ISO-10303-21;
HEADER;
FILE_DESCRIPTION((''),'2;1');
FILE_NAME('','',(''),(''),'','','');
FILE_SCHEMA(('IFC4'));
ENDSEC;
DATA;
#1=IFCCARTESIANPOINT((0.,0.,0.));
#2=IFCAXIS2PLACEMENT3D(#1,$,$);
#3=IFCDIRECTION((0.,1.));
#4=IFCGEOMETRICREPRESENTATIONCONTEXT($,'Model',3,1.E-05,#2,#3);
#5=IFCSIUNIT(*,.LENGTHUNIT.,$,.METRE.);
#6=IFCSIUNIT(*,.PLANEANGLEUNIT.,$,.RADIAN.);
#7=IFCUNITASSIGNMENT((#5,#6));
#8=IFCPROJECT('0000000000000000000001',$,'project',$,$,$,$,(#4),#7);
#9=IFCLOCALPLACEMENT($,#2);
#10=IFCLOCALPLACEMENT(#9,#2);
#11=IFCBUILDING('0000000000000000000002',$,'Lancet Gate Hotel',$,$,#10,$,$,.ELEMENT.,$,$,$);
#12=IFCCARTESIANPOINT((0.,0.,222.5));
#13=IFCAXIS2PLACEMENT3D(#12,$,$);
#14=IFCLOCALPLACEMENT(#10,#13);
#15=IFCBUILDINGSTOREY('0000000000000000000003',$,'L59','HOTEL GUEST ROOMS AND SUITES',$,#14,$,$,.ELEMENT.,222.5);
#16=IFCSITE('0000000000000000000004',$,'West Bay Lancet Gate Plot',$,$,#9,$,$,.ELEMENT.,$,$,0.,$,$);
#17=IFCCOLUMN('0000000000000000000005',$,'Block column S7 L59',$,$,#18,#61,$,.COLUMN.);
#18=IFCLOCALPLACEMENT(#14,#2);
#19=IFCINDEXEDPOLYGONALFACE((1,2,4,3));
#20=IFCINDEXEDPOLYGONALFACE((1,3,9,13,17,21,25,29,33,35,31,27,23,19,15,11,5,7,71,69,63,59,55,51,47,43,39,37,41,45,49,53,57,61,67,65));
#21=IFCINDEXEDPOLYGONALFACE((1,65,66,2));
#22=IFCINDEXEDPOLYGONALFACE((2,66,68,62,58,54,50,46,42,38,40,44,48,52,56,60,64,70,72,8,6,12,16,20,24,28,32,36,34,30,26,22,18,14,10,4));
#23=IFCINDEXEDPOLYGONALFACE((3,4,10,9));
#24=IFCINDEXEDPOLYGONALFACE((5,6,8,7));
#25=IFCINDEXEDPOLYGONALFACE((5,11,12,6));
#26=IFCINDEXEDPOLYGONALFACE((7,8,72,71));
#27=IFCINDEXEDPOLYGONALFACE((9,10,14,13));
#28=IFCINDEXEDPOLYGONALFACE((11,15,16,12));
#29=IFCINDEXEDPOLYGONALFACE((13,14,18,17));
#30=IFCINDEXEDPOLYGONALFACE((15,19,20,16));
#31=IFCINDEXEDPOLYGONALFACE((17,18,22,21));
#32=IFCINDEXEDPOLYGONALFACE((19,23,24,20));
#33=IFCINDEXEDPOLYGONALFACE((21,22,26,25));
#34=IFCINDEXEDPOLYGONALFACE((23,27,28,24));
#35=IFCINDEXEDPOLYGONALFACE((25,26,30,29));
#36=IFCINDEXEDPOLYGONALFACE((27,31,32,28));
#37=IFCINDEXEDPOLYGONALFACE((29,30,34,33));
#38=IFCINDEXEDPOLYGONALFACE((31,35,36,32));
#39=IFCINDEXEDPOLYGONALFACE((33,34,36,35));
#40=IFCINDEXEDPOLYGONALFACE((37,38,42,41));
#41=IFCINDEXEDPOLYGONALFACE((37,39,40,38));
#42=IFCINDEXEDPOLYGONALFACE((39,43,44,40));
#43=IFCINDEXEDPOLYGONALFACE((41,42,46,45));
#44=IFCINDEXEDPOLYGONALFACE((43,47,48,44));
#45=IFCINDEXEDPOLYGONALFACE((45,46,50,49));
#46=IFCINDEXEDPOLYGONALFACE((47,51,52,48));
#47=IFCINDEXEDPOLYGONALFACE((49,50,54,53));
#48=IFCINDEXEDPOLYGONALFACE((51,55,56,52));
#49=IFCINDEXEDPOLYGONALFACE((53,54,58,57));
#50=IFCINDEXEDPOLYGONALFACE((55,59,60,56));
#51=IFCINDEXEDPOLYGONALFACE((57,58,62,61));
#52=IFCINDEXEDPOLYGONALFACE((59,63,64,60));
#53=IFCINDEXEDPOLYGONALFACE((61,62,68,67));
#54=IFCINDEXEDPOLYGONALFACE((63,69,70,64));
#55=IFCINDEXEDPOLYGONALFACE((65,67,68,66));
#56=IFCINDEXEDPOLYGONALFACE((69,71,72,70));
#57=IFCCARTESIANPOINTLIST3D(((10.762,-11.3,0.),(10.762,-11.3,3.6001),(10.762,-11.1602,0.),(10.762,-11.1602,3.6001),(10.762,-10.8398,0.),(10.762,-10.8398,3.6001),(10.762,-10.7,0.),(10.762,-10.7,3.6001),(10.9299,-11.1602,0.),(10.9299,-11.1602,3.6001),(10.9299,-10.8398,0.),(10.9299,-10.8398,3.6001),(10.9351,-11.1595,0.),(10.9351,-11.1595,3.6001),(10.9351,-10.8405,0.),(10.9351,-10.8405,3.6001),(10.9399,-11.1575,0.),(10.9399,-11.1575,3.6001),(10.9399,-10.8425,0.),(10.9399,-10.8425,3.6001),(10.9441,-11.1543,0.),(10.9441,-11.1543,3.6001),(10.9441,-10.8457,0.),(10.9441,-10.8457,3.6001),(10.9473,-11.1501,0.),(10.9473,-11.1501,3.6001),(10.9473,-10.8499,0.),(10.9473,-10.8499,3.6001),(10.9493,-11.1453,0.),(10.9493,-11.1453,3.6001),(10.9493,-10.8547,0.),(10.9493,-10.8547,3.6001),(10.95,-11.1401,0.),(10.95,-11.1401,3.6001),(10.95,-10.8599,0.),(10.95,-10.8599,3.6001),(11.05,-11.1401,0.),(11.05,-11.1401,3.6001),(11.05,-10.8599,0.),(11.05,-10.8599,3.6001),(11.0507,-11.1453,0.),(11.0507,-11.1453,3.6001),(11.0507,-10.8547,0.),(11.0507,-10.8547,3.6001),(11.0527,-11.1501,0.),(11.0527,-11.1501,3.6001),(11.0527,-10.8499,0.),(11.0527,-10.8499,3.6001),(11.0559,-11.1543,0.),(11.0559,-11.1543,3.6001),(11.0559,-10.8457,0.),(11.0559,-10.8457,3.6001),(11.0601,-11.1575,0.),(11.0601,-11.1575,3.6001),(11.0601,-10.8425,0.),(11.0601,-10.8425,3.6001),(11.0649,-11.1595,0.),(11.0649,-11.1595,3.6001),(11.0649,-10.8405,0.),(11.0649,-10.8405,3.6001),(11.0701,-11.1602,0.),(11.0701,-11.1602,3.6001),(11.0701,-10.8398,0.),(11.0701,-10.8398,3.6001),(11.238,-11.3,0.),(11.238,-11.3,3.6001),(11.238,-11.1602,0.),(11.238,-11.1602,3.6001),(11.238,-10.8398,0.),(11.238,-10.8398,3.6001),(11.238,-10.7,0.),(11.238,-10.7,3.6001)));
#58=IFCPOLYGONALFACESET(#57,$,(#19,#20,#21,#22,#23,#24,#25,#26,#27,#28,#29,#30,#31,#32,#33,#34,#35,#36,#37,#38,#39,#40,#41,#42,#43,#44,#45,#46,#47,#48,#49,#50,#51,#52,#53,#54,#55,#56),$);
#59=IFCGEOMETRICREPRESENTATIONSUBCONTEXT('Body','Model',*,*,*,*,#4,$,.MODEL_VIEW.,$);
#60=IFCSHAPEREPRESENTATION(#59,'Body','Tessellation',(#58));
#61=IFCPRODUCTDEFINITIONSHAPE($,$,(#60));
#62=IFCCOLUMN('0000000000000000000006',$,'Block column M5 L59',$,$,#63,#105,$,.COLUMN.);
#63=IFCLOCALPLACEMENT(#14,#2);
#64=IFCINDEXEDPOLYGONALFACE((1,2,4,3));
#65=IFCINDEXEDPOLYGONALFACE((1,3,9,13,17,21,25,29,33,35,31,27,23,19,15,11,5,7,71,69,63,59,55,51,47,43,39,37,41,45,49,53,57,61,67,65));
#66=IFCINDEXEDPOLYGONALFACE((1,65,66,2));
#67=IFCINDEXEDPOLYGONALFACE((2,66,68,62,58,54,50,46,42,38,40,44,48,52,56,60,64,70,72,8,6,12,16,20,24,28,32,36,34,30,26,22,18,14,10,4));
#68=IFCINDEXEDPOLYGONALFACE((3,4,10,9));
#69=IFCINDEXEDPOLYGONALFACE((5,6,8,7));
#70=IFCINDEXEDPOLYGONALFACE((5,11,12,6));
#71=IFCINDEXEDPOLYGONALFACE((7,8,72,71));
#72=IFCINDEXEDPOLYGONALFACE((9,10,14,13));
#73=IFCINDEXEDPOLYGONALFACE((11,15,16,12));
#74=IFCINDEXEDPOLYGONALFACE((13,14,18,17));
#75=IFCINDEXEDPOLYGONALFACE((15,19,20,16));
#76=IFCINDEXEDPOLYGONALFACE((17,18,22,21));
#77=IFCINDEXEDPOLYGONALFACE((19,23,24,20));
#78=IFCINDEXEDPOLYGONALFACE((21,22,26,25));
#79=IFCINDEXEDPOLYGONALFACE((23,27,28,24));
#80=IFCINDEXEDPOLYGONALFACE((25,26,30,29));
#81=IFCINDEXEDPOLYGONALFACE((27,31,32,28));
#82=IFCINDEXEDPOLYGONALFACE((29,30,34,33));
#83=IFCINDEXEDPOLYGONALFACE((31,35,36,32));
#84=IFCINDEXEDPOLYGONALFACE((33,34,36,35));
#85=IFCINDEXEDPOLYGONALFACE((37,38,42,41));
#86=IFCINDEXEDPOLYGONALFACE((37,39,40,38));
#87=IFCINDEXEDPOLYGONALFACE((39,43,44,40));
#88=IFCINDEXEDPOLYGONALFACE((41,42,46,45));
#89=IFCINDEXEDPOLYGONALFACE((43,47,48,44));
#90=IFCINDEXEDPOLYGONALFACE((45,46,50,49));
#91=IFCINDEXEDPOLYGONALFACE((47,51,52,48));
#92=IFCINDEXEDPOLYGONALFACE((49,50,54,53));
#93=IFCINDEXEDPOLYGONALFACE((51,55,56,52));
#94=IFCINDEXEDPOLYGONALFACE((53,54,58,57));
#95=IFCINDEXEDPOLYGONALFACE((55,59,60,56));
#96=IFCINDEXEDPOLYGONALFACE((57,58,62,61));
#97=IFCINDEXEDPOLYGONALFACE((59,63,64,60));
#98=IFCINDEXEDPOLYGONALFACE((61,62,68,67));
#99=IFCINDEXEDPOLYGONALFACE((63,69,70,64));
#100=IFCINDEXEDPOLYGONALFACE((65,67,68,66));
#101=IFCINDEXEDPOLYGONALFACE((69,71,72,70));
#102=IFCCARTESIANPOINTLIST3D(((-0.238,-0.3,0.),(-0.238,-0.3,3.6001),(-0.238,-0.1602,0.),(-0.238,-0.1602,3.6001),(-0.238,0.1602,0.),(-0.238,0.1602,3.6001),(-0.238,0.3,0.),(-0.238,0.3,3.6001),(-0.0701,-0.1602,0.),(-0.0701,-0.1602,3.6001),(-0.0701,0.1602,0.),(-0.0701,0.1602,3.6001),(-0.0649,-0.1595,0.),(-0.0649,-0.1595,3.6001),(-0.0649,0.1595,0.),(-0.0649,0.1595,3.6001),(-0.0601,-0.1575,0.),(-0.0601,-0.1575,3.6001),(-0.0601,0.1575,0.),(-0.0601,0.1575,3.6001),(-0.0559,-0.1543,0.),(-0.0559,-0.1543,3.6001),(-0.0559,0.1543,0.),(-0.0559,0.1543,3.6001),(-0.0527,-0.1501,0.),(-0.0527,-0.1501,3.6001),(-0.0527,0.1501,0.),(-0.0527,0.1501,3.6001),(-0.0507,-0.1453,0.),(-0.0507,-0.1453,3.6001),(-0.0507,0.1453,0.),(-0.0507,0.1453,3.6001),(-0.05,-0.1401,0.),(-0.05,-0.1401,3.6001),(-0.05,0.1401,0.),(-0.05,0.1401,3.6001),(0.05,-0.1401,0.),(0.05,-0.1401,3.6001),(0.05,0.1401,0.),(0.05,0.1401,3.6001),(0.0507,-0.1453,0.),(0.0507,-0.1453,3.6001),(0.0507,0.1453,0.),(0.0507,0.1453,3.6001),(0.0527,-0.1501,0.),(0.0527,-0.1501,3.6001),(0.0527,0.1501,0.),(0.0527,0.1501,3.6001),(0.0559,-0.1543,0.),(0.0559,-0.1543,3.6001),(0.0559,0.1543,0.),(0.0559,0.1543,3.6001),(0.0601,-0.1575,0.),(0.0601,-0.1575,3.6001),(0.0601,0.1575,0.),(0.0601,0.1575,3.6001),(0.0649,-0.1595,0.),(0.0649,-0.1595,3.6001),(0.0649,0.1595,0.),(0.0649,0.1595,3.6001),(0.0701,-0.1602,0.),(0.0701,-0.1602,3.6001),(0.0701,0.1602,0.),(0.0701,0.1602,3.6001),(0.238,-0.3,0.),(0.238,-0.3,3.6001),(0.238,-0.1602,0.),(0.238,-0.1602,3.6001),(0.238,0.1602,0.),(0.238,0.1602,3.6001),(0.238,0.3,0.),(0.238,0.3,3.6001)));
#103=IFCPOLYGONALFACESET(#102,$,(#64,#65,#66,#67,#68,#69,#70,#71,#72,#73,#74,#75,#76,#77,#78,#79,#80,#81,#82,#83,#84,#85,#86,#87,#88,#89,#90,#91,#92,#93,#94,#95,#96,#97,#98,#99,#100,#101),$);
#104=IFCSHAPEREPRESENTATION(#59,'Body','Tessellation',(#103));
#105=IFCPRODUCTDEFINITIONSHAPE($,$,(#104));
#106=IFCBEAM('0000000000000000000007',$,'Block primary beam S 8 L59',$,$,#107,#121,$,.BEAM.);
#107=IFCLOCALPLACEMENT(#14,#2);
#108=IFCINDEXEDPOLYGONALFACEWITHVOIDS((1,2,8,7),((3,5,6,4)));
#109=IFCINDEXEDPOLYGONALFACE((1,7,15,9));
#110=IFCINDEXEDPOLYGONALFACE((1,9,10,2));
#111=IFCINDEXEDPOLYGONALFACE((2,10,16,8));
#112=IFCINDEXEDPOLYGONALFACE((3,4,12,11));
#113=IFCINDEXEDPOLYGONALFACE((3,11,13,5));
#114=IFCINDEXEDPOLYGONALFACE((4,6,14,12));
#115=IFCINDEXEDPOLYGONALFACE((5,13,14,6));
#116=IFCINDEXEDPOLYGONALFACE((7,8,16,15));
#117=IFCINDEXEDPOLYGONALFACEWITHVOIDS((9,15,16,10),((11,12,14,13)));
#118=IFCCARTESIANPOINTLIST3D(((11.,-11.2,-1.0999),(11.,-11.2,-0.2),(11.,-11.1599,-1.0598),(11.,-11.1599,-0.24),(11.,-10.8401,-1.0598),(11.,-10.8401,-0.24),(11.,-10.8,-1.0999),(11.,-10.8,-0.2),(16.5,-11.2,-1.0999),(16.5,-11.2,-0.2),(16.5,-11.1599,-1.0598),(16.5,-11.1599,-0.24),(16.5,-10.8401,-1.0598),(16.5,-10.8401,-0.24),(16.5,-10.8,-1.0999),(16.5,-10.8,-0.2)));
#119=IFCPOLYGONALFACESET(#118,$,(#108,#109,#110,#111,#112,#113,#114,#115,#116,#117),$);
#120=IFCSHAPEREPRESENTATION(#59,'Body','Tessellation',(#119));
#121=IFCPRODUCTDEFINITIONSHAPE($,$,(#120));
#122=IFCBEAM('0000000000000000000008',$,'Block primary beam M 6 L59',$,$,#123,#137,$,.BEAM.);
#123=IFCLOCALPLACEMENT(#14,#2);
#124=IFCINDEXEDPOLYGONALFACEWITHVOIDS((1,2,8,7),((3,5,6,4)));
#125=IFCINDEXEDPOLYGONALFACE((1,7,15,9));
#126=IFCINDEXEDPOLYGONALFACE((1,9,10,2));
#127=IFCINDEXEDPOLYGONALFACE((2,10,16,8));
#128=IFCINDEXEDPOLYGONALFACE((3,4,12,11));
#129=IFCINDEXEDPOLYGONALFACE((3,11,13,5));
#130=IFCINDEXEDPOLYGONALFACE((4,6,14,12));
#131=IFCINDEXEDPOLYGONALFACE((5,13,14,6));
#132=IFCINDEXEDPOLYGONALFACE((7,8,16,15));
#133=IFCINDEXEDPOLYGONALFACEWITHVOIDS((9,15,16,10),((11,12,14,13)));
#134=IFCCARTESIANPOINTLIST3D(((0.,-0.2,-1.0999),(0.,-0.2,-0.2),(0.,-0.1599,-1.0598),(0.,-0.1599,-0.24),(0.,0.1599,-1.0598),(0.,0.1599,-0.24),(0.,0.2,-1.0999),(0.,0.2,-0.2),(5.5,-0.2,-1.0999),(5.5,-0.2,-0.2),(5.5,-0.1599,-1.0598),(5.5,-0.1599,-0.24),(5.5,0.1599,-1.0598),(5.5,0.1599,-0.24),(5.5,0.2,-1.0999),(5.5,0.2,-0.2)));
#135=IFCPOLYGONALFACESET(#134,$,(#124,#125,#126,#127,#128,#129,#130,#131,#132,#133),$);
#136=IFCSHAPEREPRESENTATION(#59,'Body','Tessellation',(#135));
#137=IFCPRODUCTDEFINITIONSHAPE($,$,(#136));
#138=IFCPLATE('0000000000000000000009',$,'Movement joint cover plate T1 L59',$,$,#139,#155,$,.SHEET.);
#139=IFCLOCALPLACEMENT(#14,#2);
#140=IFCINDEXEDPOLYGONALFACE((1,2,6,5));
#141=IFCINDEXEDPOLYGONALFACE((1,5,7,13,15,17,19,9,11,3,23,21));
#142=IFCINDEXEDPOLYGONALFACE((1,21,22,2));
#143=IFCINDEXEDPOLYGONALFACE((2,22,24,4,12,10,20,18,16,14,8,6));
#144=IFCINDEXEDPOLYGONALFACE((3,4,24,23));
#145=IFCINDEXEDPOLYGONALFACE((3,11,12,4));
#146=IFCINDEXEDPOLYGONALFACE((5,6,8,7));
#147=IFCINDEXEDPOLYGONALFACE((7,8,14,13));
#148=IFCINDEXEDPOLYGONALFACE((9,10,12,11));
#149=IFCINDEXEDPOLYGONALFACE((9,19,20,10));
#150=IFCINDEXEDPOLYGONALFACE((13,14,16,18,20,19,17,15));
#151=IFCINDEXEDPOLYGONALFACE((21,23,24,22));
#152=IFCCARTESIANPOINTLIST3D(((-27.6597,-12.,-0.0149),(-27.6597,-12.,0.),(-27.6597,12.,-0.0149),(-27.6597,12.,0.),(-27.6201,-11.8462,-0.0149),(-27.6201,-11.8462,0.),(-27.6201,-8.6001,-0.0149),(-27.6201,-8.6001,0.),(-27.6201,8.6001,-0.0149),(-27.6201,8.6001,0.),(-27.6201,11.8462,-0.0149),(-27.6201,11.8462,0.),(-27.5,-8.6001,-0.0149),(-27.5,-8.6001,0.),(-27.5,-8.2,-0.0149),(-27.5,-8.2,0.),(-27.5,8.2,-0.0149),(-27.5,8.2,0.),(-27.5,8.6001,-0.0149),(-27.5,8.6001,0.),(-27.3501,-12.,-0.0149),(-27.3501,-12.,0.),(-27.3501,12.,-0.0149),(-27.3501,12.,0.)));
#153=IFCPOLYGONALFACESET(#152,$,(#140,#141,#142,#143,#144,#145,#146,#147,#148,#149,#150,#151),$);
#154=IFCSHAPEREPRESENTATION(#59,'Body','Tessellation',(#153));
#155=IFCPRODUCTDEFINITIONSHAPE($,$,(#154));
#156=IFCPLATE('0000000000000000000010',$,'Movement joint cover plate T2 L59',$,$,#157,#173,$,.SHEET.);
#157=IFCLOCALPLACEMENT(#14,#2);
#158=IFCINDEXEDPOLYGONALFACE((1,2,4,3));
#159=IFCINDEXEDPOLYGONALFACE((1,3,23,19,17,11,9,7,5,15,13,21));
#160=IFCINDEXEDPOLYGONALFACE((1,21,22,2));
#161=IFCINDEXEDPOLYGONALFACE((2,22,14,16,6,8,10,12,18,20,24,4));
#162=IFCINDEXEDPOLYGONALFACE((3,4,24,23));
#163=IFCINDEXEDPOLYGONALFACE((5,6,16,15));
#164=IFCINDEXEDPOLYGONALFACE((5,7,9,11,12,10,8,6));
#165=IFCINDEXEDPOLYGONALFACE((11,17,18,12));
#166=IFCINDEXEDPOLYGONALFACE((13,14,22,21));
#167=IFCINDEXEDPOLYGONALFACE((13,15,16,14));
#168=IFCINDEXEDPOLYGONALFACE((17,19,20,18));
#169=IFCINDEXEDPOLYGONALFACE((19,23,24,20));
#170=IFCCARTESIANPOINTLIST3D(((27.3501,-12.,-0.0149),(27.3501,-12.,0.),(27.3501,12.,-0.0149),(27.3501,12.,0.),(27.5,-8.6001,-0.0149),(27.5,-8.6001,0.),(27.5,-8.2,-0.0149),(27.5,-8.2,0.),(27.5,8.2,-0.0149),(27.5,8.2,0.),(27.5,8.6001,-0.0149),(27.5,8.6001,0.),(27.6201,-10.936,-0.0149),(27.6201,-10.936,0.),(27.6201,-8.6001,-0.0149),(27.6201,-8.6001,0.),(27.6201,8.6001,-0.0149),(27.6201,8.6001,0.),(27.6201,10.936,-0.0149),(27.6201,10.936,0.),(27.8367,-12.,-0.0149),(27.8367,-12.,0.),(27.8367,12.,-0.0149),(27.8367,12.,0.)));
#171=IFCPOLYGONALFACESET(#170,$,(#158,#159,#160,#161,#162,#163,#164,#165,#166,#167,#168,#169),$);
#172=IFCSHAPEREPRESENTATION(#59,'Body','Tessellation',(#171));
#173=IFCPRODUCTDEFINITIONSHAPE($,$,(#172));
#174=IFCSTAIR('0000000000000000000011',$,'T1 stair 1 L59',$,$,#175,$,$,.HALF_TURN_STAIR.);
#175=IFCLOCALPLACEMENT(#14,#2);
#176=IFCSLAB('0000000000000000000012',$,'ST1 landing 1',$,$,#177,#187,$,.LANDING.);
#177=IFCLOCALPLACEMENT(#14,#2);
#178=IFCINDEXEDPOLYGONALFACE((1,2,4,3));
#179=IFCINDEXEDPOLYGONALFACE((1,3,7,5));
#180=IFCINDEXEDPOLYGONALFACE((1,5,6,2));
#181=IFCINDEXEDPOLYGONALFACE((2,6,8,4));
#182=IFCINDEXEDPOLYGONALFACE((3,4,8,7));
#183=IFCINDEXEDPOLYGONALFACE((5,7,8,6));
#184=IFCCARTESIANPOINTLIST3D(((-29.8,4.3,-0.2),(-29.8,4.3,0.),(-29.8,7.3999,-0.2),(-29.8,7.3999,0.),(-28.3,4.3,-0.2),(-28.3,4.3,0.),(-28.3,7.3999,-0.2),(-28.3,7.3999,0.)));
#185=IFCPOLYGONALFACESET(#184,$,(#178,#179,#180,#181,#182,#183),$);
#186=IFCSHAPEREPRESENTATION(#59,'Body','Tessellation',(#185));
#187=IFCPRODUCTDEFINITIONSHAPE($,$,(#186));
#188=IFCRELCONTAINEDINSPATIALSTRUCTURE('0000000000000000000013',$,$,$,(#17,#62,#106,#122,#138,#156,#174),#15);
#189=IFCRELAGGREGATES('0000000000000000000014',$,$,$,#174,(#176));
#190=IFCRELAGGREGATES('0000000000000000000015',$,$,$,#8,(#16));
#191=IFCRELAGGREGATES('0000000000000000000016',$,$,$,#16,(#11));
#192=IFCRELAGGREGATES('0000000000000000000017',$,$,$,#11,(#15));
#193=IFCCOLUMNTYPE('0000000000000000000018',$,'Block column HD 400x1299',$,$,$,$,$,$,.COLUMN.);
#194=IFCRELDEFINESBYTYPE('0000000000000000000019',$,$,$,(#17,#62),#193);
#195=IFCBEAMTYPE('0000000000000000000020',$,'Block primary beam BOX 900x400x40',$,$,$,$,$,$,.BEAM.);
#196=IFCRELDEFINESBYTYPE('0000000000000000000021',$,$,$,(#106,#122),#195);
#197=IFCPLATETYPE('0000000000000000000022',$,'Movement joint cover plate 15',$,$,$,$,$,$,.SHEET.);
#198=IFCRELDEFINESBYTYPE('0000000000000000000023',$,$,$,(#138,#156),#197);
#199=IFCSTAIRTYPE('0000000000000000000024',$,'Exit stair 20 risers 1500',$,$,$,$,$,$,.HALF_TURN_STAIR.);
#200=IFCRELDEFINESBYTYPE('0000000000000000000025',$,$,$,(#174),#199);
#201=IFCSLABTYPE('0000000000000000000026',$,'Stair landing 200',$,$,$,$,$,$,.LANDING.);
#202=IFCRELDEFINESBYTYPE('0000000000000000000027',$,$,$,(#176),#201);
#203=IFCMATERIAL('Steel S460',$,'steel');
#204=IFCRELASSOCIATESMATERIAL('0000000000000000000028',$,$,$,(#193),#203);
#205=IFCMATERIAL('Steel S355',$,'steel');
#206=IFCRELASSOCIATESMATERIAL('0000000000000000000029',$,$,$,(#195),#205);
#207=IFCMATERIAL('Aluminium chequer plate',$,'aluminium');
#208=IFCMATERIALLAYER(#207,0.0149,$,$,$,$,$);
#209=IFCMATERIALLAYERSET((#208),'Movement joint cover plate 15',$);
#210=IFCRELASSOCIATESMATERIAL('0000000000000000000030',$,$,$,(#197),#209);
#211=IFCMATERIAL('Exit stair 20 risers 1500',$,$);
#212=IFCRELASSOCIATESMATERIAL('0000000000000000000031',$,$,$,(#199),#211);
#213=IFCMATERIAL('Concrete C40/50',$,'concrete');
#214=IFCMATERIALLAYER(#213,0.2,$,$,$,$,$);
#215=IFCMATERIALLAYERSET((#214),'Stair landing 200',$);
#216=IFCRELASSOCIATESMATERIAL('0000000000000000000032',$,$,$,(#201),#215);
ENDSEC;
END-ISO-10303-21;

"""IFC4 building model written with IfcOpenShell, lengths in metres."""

from ifc_helpers import new_model, si_unit, direction, frame, origin, origin_2d, place, context, subcontext, project, spatial, polyline, hollow_rectangle, i_section, outline, extrude, material, layer, layer_set, material_profile, profile_set, type_object, element, aggregate, save


model = new_model("IFC4")

# Units and contexts
model_context = context("Model", 3, precision=1e-05, world=origin(), true_north=direction((0.0, 1.0)))
body_context = subcontext(model_context, "Body", "Model", "MODEL_VIEW")
ifc_project = project(units=[si_unit("LENGTHUNIT", "METRE"), si_unit("PLANEANGLEUNIT", "RADIAN")], contexts=[model_context])

# Site, building, storey
site_placement = place(None, origin())
site = spatial("IfcSite", under=ifc_project, at=site_placement, Name="West Bay Lancet Gate Plot", CompositionType="ELEMENT", RefElevation=0.0)
building_placement = place(site_placement, origin())
building = spatial("IfcBuilding", under=site, at=building_placement, Name="Lancet Gate Hotel", CompositionType="ELEMENT")
storey_placement = place(building_placement, frame((0.0, 0.0, 222.5)))
storey = spatial("IfcBuildingStorey", under=building, at=storey_placement, Name="L59", Description="HOTEL GUEST ROOMS AND SUITES", CompositionType="ELEMENT", Elevation=222.5)

# Columns
ifc_material_1 = material(Name="Steel S460", Category="steel")
ifc_material_profile_1 = material_profile(ifc_material_1, i_section(OverallWidth=0.4761, OverallDepth=0.6001, WebThickness=0.1001, FlangeThickness=0.1399, FilletRadius=0.02, at=origin_2d()), Name="HD 400x1299")
ifc_profile_set_1 = profile_set([ifc_material_profile_1], Name="Steel S460")
column_type = type_object("IfcColumnType", Name="Block column HD 400x1299", PredefinedType="COLUMN", material=ifc_profile_set_1)
for number, where, z_axis, x_axis, name in (
    (1, (11.0, -11.0, 0.0), (0.0, 0.0, 1.0), (1.0, 0.0, 0.0), "Block column S7 L59"),
    (2, (0.0, 0.0, 0.0), (0.0, 0.0, 1.0), (1.0, 0.0, 0.0), "Block column M5 L59"),
):
    element("IfcColumn", number, at=place(storey_placement, frame(where, z_axis=z_axis, x_axis=x_axis)), inside=storey, type_object=column_type, Name=name, PredefinedType="COLUMN", context=body_context, shape_type="SweptSolid", body=[
        extrude(i_section(OverallWidth=0.4761, OverallDepth=0.6001, WebThickness=0.1001, FlangeThickness=0.1399, FilletRadius=0.02, at=origin_2d()), origin(), (0.0, 0.0, 1.0), 3.6001),
    ])

# Beams
ifc_material_2 = material(Name="Steel S355", Category="steel")
ifc_material_profile_2 = material_profile(ifc_material_2, hollow_rectangle(XDim=0.3999, YDim=0.8999, WallThickness=0.04, at=origin_2d()), Name="BOX 900x400x40")
ifc_profile_set_2 = profile_set([ifc_material_profile_2], Name="Steel S355")
beam_type = type_object("IfcBeamType", Name="Block primary beam BOX 900x400x40", PredefinedType="BEAM", material=ifc_profile_set_2)
for number, where, z_axis, x_axis, name in (
    (3, (11.0, -11.0, -0.6499), (1.0, 0.0, 0.0), (0.0, 1.0, 0.0), "Block primary beam S 8 L59"),
    (4, (0.0, 0.0, -0.6499), (1.0, 0.0, 0.0), (0.0, 1.0, 0.0), "Block primary beam M 6 L59"),
):
    element("IfcBeam", number, at=place(storey_placement, frame(where, z_axis=z_axis, x_axis=x_axis)), inside=storey, type_object=beam_type, Name=name, PredefinedType="BEAM", context=body_context, shape_type="SweptSolid", body=[
        extrude(hollow_rectangle(XDim=0.3999, YDim=0.8999, WallThickness=0.04, at=origin_2d()), origin(), (0.0, 0.0, 1.0), 5.5),
    ])

# Plates
ifc_material_3 = material(Name="Aluminium chequer plate", Category="aluminium")
ifc_layer_1 = layer(ifc_material_3, 0.0149)
ifc_layer_set_1 = layer_set([ifc_layer_1], Name="Movement joint cover plate 15")
plate_type = type_object("IfcPlateType", Name="Movement joint cover plate 15", PredefinedType="SHEET", material=ifc_layer_set_1)
plate_1_placement = place(storey_placement, frame((0.0, 0.0, -0.0149)))
element("IfcPlate", 5, at=plate_1_placement, inside=storey, type_object=plate_type, Name="Movement joint cover plate T1 L59", PredefinedType="SHEET", context=body_context, shape_type="SweptSolid", body=[
    extrude(outline(polyline([(-27.3501, 12.0), (-27.6597, 12.0), (-27.6201, 11.8462), (-27.6201, 8.6001), (-27.5, 8.6001), (-27.5, 8.2), (-27.5, -8.2), (-27.5, -8.6001), (-27.6201, -8.6001), (-27.6201, -11.8462), (-27.6597, -12.0), (-27.3501, -12.0), (-27.3501, 12.0)])), origin(), (0.0, 0.0, 1.0), 0.0149),
])
plate_2_placement = place(storey_placement, frame((0.0, 0.0, -0.0149)))
element("IfcPlate", 6, at=plate_2_placement, inside=storey, type_object=plate_type, Name="Movement joint cover plate T2 L59", PredefinedType="SHEET", context=body_context, shape_type="SweptSolid", body=[
    extrude(outline(polyline([(27.3501, -12.0), (27.8367, -12.0), (27.6201, -10.936), (27.6201, -8.6001), (27.5, -8.6001), (27.5, -8.2), (27.5, 8.2), (27.5, 8.6001), (27.6201, 8.6001), (27.6201, 10.936), (27.8367, 12.0), (27.3501, 12.0), (27.3501, -12.0)])), origin(), (0.0, 0.0, 1.0), 0.0149),
])

# Stair, slab
ifc_material_4 = material(Name="Exit stair 20 risers 1500")
stair_type = type_object("IfcStairType", Name="Exit stair 20 risers 1500", PredefinedType="HALF_TURN_STAIR", material=ifc_material_4)
stair_1_placement = place(storey_placement, origin())
stair_1 = element("IfcStair", 7, at=stair_1_placement, inside=storey, type_object=stair_type, Name="T1 stair 1 L59", PredefinedType="HALF_TURN_STAIR")
ifc_material_5 = material(Name="Concrete C40/50", Category="concrete")
ifc_layer_2 = layer(ifc_material_5, 0.2)
ifc_layer_set_2 = layer_set([ifc_layer_2], Name="Stair landing 200")
slab_type = type_object("IfcSlabType", Name="Stair landing 200", PredefinedType="LANDING", material=ifc_layer_set_2)
slab_1_placement = place(storey_placement, frame((0.0, 0.0, -0.2)))
slab_1 = element("IfcSlab", 8, at=slab_1_placement, type_object=slab_type, Name="ST1 landing 1", PredefinedType="LANDING", context=body_context, shape_type="SweptSolid", body=[
    extrude(outline(polyline([(-28.3, 7.3999), (-29.8, 7.3999), (-29.8, 4.3), (-28.3, 4.3), (-28.3, 7.3999)])), origin(), (0.0, 0.0, 1.0), 0.2),
])
aggregate(stair_1, [slab_1])

save(model, "model.ifc")
